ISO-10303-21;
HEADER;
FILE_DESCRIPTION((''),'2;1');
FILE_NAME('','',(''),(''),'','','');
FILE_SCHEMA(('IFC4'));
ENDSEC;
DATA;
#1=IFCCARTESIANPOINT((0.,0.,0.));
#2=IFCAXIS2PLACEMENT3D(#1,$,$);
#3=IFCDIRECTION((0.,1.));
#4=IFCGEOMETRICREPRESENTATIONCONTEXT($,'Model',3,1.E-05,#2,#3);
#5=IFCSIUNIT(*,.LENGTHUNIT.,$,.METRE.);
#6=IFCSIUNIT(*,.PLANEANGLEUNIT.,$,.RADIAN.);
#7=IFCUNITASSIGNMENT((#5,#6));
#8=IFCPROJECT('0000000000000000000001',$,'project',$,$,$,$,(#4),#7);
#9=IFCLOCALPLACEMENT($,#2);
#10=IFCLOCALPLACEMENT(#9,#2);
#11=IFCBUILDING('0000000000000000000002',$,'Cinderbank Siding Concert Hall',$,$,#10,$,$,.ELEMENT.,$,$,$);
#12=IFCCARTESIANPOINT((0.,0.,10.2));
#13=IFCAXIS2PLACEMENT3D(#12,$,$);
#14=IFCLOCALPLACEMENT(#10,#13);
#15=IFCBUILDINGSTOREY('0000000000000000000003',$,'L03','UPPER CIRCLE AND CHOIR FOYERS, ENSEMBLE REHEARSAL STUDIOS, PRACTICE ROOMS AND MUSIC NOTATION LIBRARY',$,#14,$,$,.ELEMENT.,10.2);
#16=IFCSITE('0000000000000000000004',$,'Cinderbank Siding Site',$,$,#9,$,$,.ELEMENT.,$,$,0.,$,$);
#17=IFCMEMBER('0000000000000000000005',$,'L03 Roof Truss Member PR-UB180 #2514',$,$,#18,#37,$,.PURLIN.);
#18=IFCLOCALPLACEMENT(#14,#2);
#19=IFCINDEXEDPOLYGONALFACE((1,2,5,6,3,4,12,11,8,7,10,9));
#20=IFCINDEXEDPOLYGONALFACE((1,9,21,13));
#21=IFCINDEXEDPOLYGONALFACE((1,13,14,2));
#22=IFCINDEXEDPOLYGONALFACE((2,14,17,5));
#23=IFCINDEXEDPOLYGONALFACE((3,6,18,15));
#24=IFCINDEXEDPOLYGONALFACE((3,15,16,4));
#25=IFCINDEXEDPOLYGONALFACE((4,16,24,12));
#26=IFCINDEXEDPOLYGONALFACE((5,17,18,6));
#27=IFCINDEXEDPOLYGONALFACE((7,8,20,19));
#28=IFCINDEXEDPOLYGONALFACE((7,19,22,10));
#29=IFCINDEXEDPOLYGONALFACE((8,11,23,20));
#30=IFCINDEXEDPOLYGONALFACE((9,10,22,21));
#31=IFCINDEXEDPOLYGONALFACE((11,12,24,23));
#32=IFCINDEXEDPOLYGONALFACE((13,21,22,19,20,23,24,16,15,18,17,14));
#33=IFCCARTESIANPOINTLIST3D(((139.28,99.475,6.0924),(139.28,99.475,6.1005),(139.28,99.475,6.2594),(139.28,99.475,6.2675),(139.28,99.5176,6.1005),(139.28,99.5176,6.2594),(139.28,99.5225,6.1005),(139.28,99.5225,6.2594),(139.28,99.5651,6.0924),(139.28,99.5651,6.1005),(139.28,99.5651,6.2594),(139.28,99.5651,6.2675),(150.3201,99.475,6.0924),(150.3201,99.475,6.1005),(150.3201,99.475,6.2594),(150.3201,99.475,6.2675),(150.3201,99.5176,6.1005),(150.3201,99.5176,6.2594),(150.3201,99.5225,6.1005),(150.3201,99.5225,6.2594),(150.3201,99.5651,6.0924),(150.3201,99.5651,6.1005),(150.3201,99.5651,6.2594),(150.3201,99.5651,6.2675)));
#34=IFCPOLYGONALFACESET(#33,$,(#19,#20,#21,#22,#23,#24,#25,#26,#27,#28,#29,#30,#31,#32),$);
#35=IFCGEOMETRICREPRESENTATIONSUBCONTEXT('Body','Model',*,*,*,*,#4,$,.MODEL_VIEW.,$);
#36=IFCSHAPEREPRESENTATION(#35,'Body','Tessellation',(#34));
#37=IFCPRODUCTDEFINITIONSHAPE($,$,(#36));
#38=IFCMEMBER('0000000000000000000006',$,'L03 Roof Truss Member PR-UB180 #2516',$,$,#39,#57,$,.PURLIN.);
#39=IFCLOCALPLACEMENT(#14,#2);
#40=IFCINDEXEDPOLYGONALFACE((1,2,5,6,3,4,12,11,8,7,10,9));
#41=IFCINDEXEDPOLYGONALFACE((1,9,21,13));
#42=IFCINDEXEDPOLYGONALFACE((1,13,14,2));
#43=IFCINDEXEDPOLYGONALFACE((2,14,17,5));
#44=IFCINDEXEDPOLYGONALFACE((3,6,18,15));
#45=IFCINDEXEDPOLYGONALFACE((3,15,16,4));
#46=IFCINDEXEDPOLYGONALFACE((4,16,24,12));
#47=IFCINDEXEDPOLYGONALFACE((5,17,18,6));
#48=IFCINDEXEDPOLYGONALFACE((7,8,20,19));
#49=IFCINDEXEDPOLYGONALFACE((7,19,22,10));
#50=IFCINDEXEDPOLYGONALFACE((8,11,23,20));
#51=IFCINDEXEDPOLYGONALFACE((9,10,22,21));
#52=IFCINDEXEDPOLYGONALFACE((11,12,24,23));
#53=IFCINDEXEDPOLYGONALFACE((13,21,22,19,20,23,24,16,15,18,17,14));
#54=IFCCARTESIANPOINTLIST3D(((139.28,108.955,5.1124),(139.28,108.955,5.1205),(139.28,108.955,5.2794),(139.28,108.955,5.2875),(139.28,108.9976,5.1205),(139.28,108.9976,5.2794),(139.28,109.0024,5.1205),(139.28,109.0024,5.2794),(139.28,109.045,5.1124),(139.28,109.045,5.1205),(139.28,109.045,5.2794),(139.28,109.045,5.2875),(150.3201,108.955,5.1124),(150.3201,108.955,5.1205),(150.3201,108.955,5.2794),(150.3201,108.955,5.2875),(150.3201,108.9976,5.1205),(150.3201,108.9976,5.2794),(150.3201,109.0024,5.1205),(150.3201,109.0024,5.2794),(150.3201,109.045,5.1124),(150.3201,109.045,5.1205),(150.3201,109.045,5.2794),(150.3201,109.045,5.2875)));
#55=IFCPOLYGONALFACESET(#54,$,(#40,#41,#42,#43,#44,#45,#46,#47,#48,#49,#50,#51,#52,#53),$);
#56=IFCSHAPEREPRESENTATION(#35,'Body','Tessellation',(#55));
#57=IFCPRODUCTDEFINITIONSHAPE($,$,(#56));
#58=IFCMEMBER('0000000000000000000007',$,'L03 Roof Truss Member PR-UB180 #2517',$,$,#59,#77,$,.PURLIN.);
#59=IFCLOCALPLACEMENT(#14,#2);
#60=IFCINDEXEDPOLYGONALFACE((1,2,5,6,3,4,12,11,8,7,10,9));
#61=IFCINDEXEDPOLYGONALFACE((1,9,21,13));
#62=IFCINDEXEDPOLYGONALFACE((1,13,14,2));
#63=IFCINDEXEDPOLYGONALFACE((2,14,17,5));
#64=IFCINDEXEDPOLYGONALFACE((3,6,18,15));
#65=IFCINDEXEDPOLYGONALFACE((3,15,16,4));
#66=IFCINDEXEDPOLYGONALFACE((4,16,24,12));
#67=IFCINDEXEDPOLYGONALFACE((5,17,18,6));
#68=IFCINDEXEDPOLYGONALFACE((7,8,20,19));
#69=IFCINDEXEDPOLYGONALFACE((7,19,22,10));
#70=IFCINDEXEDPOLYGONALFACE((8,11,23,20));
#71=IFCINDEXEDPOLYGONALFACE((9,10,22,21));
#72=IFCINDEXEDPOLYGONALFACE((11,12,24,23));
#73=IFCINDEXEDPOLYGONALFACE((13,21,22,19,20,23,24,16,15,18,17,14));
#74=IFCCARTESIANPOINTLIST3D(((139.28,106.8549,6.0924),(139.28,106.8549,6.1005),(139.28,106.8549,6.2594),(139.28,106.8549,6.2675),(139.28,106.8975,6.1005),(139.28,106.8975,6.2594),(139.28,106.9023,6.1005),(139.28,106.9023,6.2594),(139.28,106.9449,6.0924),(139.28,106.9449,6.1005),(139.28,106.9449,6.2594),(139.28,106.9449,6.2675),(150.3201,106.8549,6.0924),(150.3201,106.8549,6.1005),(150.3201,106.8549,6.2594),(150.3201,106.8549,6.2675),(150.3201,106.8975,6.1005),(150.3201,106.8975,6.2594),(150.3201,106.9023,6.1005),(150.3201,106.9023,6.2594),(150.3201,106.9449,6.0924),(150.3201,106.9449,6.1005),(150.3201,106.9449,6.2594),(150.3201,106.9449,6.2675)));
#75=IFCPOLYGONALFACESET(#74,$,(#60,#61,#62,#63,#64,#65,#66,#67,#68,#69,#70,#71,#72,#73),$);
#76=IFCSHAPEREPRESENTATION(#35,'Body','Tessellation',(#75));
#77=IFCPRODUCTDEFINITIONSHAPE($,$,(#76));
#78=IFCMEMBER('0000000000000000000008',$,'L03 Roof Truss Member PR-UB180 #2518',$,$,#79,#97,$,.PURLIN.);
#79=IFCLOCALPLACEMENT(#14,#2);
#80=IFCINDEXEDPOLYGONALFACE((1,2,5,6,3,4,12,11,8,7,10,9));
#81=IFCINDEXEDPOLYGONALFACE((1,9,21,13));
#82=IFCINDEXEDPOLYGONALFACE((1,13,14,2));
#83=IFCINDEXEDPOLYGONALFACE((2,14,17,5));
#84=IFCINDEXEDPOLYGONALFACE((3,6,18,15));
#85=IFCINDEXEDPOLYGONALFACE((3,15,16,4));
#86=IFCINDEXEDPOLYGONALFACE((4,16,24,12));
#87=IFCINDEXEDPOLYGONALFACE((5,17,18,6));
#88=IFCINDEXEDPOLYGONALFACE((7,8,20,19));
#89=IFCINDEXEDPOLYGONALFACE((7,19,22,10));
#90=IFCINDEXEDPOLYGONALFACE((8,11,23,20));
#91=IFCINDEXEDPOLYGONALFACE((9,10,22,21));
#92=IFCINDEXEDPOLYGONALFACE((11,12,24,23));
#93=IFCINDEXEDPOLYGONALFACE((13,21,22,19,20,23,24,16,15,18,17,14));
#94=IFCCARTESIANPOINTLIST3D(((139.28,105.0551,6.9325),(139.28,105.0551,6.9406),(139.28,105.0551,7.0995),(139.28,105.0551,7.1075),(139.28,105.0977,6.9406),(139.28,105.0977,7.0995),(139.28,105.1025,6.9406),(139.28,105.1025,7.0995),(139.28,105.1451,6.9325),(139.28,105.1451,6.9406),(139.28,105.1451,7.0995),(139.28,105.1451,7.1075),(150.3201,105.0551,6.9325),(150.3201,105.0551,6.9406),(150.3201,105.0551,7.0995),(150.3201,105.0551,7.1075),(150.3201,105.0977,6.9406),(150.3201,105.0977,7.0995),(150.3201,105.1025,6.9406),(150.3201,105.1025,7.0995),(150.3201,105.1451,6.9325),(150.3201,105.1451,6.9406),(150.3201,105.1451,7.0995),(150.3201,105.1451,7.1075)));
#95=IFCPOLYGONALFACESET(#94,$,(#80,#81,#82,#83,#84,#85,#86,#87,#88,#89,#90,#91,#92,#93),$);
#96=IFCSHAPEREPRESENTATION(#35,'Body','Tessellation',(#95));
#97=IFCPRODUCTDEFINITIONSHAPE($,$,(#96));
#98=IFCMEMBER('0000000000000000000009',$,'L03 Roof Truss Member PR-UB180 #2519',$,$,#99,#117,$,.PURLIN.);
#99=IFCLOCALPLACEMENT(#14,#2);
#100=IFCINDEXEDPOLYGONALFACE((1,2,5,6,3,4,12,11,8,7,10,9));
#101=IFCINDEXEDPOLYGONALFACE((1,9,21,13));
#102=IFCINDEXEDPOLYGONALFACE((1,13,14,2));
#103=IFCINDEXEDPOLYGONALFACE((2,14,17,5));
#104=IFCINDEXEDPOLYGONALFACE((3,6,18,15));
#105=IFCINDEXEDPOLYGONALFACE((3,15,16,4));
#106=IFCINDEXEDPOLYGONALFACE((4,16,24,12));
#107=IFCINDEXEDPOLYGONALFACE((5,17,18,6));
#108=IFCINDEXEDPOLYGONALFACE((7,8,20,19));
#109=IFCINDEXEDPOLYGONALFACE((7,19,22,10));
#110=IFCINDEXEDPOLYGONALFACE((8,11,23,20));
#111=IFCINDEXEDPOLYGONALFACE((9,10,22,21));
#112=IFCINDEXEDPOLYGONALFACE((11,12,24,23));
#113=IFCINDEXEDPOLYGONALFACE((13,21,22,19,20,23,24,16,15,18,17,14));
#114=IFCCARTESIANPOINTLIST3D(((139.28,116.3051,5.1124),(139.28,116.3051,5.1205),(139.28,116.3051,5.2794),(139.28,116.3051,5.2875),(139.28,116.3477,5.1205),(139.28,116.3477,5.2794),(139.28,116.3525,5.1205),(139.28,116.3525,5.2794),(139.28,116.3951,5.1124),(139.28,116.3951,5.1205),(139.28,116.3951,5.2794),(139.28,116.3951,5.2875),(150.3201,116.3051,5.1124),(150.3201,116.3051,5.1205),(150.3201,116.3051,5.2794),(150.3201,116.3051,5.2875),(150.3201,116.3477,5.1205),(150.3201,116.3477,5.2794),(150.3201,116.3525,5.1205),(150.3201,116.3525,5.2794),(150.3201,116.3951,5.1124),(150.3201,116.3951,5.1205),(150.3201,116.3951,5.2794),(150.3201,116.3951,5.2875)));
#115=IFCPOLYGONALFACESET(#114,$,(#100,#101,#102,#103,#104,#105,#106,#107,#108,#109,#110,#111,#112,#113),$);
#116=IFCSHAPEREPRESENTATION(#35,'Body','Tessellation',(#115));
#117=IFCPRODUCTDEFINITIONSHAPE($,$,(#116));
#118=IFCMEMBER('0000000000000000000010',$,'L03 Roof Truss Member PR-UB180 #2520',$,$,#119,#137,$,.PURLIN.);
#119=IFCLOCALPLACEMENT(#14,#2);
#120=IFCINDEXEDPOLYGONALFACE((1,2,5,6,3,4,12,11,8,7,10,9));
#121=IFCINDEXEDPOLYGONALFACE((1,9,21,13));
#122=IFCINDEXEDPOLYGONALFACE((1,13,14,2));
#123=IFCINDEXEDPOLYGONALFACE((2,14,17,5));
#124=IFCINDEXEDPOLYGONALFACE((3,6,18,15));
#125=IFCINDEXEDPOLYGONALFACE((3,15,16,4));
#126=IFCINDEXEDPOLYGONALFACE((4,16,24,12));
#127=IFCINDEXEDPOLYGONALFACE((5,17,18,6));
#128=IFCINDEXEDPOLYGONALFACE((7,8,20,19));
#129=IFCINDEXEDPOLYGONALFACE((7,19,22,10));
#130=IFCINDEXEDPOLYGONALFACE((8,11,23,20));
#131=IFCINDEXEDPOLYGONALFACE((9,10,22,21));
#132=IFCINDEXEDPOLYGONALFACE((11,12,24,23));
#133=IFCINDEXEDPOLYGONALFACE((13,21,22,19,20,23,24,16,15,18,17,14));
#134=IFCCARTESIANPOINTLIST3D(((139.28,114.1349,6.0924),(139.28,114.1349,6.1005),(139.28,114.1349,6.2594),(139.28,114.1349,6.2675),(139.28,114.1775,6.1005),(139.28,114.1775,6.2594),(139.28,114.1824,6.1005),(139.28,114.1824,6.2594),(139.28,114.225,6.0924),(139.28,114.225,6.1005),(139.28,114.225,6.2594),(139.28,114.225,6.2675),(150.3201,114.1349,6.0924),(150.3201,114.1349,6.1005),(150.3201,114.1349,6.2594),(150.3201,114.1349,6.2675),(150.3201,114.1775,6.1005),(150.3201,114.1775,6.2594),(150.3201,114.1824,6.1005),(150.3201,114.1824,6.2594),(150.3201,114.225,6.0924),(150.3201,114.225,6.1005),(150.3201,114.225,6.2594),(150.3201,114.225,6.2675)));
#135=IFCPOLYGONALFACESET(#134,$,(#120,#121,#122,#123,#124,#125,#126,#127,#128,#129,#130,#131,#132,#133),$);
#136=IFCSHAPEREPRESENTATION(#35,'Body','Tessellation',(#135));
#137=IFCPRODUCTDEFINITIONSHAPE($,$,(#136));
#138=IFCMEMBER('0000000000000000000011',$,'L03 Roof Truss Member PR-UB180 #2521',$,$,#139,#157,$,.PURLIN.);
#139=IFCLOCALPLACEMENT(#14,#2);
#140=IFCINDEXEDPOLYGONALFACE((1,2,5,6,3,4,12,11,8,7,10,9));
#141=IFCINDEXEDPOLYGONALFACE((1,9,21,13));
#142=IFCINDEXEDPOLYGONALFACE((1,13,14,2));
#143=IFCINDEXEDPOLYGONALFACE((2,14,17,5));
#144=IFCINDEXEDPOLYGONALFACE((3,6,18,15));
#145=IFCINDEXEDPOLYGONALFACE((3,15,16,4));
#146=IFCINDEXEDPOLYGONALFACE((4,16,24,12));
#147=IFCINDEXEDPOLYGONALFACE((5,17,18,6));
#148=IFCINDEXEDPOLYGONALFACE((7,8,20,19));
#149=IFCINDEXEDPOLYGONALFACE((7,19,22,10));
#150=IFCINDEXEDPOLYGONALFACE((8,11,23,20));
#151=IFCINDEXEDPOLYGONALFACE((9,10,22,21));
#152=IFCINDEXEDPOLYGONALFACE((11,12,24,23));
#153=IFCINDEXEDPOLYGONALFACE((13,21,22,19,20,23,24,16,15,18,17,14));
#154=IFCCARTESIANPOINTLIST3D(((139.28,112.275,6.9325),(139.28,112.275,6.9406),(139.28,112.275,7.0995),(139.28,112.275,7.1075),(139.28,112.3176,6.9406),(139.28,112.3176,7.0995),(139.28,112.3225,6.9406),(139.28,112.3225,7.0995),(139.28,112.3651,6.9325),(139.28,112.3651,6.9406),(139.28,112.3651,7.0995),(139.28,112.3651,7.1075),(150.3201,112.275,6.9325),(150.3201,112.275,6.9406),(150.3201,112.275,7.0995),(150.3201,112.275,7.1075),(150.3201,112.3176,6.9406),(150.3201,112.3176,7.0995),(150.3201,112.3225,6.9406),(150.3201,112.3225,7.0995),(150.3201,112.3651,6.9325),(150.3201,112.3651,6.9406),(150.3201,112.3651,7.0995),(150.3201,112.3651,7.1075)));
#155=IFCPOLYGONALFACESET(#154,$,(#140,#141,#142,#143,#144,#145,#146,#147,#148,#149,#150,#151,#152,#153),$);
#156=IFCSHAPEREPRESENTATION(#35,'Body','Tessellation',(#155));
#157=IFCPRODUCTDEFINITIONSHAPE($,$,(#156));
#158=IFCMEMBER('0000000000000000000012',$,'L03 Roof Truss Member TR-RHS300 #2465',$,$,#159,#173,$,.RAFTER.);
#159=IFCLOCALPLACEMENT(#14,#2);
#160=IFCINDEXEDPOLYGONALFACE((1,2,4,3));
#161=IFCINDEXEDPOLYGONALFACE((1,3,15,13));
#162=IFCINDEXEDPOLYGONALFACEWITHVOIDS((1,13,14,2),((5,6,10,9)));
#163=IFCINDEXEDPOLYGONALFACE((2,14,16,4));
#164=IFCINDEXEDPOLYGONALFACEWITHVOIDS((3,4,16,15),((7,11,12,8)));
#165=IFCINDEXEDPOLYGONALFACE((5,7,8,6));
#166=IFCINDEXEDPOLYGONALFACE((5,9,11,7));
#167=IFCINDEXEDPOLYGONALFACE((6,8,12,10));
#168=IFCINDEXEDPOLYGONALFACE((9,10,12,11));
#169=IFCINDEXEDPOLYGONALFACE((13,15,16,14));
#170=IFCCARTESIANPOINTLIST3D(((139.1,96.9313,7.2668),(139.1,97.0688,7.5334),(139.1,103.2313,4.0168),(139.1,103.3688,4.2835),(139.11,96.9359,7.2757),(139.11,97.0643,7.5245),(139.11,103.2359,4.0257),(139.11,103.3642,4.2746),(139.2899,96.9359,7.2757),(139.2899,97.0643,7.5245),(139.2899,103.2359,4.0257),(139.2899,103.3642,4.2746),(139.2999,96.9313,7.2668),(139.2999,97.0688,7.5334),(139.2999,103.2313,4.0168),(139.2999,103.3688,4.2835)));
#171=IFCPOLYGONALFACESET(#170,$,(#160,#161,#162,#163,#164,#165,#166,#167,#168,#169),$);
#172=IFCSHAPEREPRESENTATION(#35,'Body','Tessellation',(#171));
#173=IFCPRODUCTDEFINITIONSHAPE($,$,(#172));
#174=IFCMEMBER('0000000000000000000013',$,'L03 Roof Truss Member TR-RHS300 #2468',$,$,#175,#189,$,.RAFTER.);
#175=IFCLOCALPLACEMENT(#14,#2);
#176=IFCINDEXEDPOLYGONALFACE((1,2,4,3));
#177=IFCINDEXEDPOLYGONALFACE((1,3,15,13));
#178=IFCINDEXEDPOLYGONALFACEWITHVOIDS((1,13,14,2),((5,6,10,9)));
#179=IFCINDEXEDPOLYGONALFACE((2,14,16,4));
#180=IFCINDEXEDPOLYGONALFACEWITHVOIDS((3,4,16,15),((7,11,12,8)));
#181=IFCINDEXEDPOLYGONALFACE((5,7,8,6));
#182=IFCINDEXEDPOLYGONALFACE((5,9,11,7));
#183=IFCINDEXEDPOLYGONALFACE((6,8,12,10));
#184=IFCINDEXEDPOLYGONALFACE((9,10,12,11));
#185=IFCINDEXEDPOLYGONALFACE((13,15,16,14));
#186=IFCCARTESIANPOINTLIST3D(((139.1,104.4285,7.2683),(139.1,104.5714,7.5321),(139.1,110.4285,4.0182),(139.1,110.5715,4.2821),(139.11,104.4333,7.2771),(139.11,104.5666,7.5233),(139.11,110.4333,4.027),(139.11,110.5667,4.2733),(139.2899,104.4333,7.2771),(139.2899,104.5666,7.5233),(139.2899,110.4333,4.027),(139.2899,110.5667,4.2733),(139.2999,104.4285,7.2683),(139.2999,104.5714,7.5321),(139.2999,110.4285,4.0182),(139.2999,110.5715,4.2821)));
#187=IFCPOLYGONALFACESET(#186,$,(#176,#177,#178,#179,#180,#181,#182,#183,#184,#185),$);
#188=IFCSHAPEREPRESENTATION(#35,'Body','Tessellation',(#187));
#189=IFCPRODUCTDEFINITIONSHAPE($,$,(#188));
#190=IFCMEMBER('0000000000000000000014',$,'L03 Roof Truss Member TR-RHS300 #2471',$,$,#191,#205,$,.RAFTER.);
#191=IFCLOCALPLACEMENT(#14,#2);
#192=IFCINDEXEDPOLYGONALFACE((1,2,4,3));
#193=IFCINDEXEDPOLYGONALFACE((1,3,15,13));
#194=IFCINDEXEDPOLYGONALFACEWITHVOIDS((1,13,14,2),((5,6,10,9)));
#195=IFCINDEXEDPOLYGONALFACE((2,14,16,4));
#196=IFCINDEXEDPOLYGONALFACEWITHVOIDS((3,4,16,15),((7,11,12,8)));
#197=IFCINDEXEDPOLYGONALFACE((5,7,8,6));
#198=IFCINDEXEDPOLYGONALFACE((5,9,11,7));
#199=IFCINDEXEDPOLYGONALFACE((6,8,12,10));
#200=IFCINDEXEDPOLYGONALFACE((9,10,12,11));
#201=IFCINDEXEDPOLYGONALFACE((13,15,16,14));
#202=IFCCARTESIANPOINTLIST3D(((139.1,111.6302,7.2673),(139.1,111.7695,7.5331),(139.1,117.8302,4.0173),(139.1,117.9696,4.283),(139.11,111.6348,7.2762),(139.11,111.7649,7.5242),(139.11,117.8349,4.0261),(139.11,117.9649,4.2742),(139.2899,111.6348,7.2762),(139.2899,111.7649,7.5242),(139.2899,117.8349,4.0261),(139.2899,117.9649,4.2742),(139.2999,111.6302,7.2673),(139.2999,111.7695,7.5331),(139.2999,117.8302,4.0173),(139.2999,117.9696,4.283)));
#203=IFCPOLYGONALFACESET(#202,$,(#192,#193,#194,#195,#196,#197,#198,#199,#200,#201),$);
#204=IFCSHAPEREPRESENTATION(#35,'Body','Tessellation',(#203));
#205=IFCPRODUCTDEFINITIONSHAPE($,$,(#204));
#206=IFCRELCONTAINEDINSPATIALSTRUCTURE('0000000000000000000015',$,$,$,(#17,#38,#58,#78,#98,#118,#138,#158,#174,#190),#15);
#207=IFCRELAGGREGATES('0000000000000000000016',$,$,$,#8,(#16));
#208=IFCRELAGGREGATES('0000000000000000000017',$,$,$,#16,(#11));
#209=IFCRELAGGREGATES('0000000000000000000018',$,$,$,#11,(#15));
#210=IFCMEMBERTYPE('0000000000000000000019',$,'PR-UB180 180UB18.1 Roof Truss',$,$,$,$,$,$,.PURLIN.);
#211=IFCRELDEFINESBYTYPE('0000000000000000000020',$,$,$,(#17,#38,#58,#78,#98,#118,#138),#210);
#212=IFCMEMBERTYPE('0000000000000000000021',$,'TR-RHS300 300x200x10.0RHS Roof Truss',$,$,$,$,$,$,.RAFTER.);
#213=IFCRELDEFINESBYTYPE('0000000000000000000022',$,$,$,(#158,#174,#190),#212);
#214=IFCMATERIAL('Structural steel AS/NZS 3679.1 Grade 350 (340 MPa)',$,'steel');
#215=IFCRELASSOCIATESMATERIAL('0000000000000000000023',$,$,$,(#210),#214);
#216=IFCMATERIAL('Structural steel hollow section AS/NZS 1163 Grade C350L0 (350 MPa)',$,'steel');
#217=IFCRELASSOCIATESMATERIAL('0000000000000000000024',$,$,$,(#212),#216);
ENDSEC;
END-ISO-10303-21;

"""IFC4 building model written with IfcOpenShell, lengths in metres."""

from ifc_helpers import new_model, si_unit, direction, frame, origin, origin_2d, place, context, subcontext, project, spatial, hollow_rectangle, i_section, extrude, material, material_profile, profile_set, type_object, element, save


model = new_model("IFC4")

# Units and contexts
model_context = context("Model", 3, precision=1e-05, world=origin(), true_north=direction((0.0, 1.0)))
body_context = subcontext(model_context, "Body", "Model", "MODEL_VIEW")
ifc_project = project(units=[si_unit("LENGTHUNIT", "METRE"), si_unit("PLANEANGLEUNIT", "RADIAN")], contexts=[model_context])

# Site, building, storey
site_placement = place(None, origin())
site = spatial("IfcSite", under=ifc_project, at=site_placement, Name="Cinderbank Siding Site", CompositionType="ELEMENT", RefElevation=0.0)
building_placement = place(site_placement, origin())
building = spatial("IfcBuilding", under=site, at=building_placement, Name="Cinderbank Siding Concert Hall", CompositionType="ELEMENT")
storey_placement = place(building_placement, frame((0.0, 0.0, 10.2)))
storey = spatial("IfcBuildingStorey", under=building, at=storey_placement, Name="L03", Description="UPPER CIRCLE AND CHOIR FOYERS, ENSEMBLE REHEARSAL STUDIOS, PRACTICE ROOMS AND MUSIC NOTATION LIBRARY", CompositionType="ELEMENT", Elevation=10.2)

# Shared definitions
ifc_material_1 = material(Name="Structural steel AS/NZS 3679.1 Grade 350 (340 MPa)", Category="steel")

# Members
ifc_material_2 = material(Name="Structural steel hollow section AS/NZS 1163 Grade C350L0 (350 MPa)", Category="steel")
ifc_material_profile_1 = material_profile(ifc_material_1, i_section(OverallWidth=0.0901, OverallDepth=0.175, WebThickness=0.0049, FlangeThickness=0.0081, at=origin_2d()), Name="180UB18.1", Category="LoadBearing")
ifc_profile_set_1 = profile_set([ifc_material_profile_1], Name="Structural steel AS/NZS 3679.1 Grade 350 (340 MPa)")
member_type_1 = type_object("IfcMemberType", Name="PR-UB180 180UB18.1 Roof Truss", PredefinedType="PURLIN", material=ifc_profile_set_1)
for number, where, z_axis, x_axis, name in (
    (1, (139.28, 99.52, 6.1799), (1.0, 0.0, 0.0), (0.0, 1.0, 0.0), "L03 Roof Truss Member PR-UB180 #2514"),
    (2, (139.28, 109.0, 5.2), (1.0, 0.0, 0.0), (0.0, 1.0, 0.0), "L03 Roof Truss Member PR-UB180 #2516"),
    (3, (139.28, 106.8999, 6.1799), (1.0, 0.0, 0.0), (0.0, 1.0, 0.0), "L03 Roof Truss Member PR-UB180 #2517"),
    (4, (139.28, 105.1001, 7.02), (1.0, 0.0, 0.0), (0.0, 1.0, 0.0), "L03 Roof Truss Member PR-UB180 #2518"),
    (5, (139.28, 116.3501, 5.2), (1.0, 0.0, 0.0), (0.0, 1.0, 0.0), "L03 Roof Truss Member PR-UB180 #2519"),
    (6, (139.28, 114.1799, 6.1799), (1.0, 0.0, 0.0), (0.0, 1.0, 0.0), "L03 Roof Truss Member PR-UB180 #2520"),
    (7, (139.28, 112.3201, 7.02), (1.0, 0.0, 0.0), (0.0, 1.0, 0.0), "L03 Roof Truss Member PR-UB180 #2521"),
):
    element("IfcMember", number, at=place(storey_placement, frame(where, z_axis=z_axis, x_axis=x_axis)), inside=storey, type_object=member_type_1, Name=name, PredefinedType="PURLIN", context=body_context, shape_type="SweptSolid", body=[
        extrude(i_section(OverallWidth=0.0901, OverallDepth=0.175, WebThickness=0.0049, FlangeThickness=0.0081, at=origin_2d()), origin(), (0.0, 0.0, 1.0), 11.04),
    ])
ifc_material_profile_2 = material_profile(ifc_material_2, hollow_rectangle(XDim=0.2, YDim=0.3, WallThickness=0.01, at=origin_2d()), Name="300x200x10.0RHS", Category="LoadBearing")
ifc_profile_set_2 = profile_set([ifc_material_profile_2], Name="Structural steel hollow section AS/NZS 1163 Grade C350L0 (350 MPa)")
member_type_2 = type_object("IfcMemberType", Name="TR-RHS300 300x200x10.0RHS Roof Truss", PredefinedType="RAFTER", material=ifc_profile_set_2)
member_1_placement = place(storey_placement, frame((139.2, 103.3, 4.1501), z_axis=(0.0, -0.888715, 0.45846), x_axis=(1.0, 0.0, 0.0)))
element("IfcMember", 8, at=member_1_placement, inside=storey, type_object=member_type_2, Name="L03 Roof Truss Member TR-RHS300 #2465", PredefinedType="RAFTER", context=body_context, shape_type="SweptSolid", body=[
    extrude(hollow_rectangle(XDim=0.2, YDim=0.3, WallThickness=0.01, at=origin_2d()), origin(), (0.0, 0.0, 1.0), 7.0889),
])
member_2_placement = place(storey_placement, frame((139.2, 110.5, 4.1501), z_axis=(0.0, -0.879292, 0.476283), x_axis=(1.0, 0.0, 0.0)))
element("IfcMember", 9, at=member_2_placement, inside=storey, type_object=member_type_2, Name="L03 Roof Truss Member TR-RHS300 #2468", PredefinedType="RAFTER", context=body_context, shape_type="SweptSolid", body=[
    extrude(hollow_rectangle(XDim=0.2, YDim=0.3, WallThickness=0.01, at=origin_2d()), origin(), (0.0, 0.0, 1.0), 6.8237),
])
member_3_placement = place(storey_placement, frame((139.2, 117.8999, 4.1501), z_axis=(0.0, -0.88569, 0.464277), x_axis=(1.0, 0.0, 0.0)))
element("IfcMember", 10, at=member_3_placement, inside=storey, type_object=member_type_2, Name="L03 Roof Truss Member TR-RHS300 #2471", PredefinedType="RAFTER", context=body_context, shape_type="SweptSolid", body=[
    extrude(hollow_rectangle(XDim=0.2, YDim=0.3, WallThickness=0.01, at=origin_2d()), origin(), (0.0, 0.0, 1.0), 7.0002),
])

save(model, "model.ifc")
